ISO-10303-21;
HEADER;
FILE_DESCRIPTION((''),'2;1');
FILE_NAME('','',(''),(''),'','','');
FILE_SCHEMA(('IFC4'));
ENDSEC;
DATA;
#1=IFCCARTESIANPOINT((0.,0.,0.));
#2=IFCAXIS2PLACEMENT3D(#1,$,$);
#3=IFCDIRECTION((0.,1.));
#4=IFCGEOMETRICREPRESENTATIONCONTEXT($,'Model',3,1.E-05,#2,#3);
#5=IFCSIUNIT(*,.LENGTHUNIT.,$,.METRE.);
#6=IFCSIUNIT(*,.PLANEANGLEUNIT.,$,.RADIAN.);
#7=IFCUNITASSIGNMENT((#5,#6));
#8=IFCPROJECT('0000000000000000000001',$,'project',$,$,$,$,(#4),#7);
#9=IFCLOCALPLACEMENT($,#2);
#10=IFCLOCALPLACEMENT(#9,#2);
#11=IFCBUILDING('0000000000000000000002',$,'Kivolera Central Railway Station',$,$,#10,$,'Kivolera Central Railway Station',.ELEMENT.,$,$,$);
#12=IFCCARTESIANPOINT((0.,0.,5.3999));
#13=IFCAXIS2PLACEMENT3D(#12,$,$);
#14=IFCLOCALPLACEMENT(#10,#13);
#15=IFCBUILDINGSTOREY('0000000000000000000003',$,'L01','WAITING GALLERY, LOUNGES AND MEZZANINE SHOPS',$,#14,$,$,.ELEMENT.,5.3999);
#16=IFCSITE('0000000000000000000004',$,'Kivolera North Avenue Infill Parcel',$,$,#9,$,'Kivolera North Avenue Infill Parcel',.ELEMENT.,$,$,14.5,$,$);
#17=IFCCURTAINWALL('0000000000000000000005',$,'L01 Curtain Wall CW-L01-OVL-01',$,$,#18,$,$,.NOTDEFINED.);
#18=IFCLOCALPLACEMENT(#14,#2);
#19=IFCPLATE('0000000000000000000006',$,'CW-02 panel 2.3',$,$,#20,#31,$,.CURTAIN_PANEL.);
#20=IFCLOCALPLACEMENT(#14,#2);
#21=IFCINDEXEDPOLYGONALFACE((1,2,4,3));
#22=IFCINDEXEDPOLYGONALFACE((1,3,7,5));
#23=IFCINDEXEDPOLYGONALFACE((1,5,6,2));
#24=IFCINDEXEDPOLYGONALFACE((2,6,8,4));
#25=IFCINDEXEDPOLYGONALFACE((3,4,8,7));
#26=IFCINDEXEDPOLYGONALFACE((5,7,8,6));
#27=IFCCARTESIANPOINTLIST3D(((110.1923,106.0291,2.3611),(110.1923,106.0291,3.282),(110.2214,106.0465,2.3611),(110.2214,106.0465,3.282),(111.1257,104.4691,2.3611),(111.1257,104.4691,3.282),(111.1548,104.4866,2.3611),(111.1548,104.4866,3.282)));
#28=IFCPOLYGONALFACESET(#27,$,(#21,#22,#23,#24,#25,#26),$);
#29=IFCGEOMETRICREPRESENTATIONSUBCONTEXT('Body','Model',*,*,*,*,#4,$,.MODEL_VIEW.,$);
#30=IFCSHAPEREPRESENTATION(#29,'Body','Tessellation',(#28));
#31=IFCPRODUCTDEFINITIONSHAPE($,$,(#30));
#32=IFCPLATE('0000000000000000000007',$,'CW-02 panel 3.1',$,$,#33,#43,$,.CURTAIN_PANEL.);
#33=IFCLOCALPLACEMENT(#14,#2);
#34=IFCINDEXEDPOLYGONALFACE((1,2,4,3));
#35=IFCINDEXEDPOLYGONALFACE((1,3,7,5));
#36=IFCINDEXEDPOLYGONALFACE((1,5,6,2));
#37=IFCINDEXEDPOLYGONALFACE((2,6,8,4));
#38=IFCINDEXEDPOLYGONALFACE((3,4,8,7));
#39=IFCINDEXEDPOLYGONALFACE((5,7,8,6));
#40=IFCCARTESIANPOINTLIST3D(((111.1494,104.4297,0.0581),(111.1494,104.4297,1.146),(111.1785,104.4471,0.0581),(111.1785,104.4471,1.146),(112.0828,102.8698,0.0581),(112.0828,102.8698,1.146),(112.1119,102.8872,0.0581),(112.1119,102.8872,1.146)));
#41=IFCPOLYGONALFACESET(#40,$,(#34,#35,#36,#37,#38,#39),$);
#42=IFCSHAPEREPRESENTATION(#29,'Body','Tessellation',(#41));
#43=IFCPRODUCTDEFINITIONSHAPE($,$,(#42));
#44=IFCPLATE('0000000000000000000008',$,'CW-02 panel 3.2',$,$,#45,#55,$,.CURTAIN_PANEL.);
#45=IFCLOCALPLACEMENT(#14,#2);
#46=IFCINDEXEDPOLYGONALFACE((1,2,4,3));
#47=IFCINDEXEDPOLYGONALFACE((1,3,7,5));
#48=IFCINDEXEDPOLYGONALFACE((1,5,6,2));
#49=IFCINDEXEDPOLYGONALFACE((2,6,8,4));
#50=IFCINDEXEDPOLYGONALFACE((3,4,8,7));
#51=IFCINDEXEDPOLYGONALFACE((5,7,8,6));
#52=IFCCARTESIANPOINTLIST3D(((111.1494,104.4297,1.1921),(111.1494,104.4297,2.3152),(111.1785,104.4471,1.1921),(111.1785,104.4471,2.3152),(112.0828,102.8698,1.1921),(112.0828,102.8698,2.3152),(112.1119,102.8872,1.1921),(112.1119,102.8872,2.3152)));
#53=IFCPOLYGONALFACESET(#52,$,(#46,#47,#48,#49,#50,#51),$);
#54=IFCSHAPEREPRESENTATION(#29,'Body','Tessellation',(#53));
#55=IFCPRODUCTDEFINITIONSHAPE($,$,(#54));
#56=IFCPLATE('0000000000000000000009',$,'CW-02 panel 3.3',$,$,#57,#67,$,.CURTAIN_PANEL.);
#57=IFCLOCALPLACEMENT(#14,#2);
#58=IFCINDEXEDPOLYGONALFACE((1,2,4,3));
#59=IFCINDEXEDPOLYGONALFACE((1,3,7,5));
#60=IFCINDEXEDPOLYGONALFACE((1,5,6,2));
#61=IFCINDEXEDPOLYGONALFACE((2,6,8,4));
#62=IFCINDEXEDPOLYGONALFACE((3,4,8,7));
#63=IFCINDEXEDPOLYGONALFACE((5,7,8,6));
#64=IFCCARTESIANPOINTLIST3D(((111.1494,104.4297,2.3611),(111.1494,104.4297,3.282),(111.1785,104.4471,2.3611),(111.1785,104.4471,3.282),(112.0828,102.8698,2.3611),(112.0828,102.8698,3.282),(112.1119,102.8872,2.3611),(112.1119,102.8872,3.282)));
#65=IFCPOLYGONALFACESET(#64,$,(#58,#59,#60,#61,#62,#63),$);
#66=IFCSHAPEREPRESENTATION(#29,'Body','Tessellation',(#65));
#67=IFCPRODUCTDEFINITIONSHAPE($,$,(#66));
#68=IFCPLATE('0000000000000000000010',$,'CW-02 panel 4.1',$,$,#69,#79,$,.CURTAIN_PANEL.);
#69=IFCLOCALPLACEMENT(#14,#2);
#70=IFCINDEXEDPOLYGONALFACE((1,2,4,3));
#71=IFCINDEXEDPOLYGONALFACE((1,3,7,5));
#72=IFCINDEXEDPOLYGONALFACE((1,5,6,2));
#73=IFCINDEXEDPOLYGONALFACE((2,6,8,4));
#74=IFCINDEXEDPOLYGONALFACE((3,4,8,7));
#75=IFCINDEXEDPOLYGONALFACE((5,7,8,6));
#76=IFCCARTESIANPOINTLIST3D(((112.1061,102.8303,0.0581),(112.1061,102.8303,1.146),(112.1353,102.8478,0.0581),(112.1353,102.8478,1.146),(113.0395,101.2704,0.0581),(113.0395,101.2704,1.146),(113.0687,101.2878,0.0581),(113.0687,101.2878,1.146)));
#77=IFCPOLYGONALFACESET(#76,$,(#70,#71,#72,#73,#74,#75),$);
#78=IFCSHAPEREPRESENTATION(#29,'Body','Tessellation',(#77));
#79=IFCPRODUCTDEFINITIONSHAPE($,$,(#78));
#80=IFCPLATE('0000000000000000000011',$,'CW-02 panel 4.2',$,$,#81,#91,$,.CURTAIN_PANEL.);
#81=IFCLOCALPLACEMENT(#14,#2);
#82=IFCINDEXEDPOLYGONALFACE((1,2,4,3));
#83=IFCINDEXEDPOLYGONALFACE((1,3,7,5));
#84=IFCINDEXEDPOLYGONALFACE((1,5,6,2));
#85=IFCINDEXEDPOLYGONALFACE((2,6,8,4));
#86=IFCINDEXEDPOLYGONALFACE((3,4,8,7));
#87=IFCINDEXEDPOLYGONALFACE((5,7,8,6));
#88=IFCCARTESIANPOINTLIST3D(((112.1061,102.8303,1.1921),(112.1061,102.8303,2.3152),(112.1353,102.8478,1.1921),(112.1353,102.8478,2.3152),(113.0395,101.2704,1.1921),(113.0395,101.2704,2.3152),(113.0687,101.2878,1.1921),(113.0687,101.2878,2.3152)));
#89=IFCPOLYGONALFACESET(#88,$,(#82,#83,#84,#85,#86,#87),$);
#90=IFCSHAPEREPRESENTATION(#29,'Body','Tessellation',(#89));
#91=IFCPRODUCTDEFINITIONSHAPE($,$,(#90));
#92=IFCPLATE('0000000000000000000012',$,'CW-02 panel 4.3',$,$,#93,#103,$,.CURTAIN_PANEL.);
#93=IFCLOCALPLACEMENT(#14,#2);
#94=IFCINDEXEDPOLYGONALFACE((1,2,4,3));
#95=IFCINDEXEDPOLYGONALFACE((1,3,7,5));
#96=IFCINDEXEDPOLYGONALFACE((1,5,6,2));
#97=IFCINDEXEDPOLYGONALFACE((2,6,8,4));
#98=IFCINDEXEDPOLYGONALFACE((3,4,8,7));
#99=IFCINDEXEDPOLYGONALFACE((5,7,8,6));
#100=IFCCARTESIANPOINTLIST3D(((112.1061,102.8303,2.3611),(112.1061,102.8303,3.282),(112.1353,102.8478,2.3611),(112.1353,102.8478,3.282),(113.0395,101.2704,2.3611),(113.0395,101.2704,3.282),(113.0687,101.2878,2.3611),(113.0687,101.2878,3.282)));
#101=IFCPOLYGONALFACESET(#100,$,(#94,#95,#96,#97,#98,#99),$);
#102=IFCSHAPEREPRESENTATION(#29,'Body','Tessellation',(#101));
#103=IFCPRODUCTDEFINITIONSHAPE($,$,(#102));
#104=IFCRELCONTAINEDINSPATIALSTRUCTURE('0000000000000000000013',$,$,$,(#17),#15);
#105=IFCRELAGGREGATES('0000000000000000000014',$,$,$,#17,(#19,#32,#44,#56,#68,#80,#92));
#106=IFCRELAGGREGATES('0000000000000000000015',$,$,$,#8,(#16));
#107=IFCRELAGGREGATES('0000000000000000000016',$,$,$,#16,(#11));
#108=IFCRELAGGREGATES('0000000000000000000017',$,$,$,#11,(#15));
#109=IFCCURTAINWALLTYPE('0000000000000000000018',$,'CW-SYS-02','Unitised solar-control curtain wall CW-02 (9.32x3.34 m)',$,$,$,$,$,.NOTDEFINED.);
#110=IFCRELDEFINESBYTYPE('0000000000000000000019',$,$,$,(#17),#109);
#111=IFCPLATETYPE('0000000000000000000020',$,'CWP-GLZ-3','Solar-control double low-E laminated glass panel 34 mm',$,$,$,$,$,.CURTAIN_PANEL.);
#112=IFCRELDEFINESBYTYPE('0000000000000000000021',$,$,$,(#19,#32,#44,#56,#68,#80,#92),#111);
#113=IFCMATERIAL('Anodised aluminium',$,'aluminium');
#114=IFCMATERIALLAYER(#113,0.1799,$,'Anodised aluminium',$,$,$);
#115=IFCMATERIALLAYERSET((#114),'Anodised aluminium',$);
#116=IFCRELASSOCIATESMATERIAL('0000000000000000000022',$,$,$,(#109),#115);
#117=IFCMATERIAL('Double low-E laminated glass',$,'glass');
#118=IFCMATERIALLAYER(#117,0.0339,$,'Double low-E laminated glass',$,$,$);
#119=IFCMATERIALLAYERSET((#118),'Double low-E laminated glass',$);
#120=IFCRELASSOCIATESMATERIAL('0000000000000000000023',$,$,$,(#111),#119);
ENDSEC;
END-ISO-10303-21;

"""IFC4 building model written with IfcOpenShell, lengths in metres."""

from ifc_helpers import new_model, si_unit, direction, frame, origin, origin_2d, place, context, subcontext, project, spatial, rectangle, extrude, material, layer, layer_set, type_object, element, aggregate, save


model = new_model("IFC4")

# Units and contexts
model_context = context("Model", 3, precision=1e-05, world=origin(), true_north=direction((0.0, 1.0)))
body_context = subcontext(model_context, "Body", "Model", "MODEL_VIEW")
ifc_project = project(units=[si_unit("LENGTHUNIT", "METRE"), si_unit("PLANEANGLEUNIT", "RADIAN")], contexts=[model_context])

# Site, building, storey
site_placement = place(None, origin())
site = spatial("IfcSite", under=ifc_project, at=site_placement, Name="Kivolera North Avenue Infill Parcel", LongName="Kivolera North Avenue Infill Parcel", CompositionType="ELEMENT", RefElevation=14.5)
building_placement = place(site_placement, origin())
building = spatial("IfcBuilding", under=site, at=building_placement, Name="Kivolera Central Railway Station", LongName="Kivolera Central Railway Station", CompositionType="ELEMENT")
storey_placement = place(building_placement, frame((0.0, 0.0, 5.3999)))
storey = spatial("IfcBuildingStorey", under=building, at=storey_placement, Name="L01", Description="WAITING GALLERY, LOUNGES AND MEZZANINE SHOPS", CompositionType="ELEMENT", Elevation=5.3999)

# Curtain wall, plates
ifc_material_1 = material(Name="Anodised aluminium", Category="aluminium")
ifc_layer_1 = layer(ifc_material_1, 0.1799, Name="Anodised aluminium")
ifc_layer_set_1 = layer_set([ifc_layer_1], Name="Anodised aluminium")
curtain_wall_type = type_object("IfcCurtainWallType", Name="CW-SYS-02", Description="Unitised solar-control curtain wall CW-02 (9.32x3.34 m)", PredefinedType="NOTDEFINED", material=ifc_layer_set_1)
curtain_wall_placement = place(storey_placement, origin())
curtain_wall = element("IfcCurtainWall", 1, at=curtain_wall_placement, inside=storey, type_object=curtain_wall_type, Name="L01 Curtain Wall CW-L01-OVL-01", PredefinedType="NOTDEFINED")
ifc_material_2 = material(Name="Double low-E laminated glass", Category="glass")
ifc_layer_2 = layer(ifc_material_2, 0.0339, Name="Double low-E laminated glass")
ifc_layer_set_2 = layer_set([ifc_layer_2], Name="Double low-E laminated glass")
plate_type = type_object("IfcPlateType", Name="CWP-GLZ-3", Description="Solar-control double low-E laminated glass panel 34 mm", PredefinedType="CURTAIN_PANEL", material=ifc_layer_set_2)
plate_1_placement = place(storey_placement, frame((110.6736, 105.2578, 2.3611), z_axis=(0.0, 0.0, 1.0), x_axis=(0.513454, -0.858117, 0.0)))
plate_1 = element("IfcPlate", 2, at=plate_1_placement, type_object=plate_type, Name="CW-02 panel 2.3", PredefinedType="CURTAIN_PANEL", context=body_context, shape_type="SweptSolid", body=[
    extrude(rectangle(XDim=1.8179, YDim=0.0339, at=origin_2d()), origin(), (0.0, 0.0, 1.0), 0.9209),
])
plate_2_placement = place(storey_placement, frame((111.6306, 103.6584, 0.0581), z_axis=(0.0, 0.0, 1.0), x_axis=(0.513454, -0.858117, 0.0)))
plate_2 = element("IfcPlate", 3, at=plate_2_placement, type_object=plate_type, Name="CW-02 panel 3.1", PredefinedType="CURTAIN_PANEL", context=body_context, shape_type="SweptSolid", body=[
    extrude(rectangle(XDim=1.8179, YDim=0.0339, at=origin_2d()), origin(), (0.0, 0.0, 1.0), 1.0879),
])
plate_3_placement = place(storey_placement, frame((111.6306, 103.6584, 1.1921), z_axis=(0.0, 0.0, 1.0), x_axis=(0.513454, -0.858117, 0.0)))
plate_3 = element("IfcPlate", 4, at=plate_3_placement, type_object=plate_type, Name="CW-02 panel 3.2", PredefinedType="CURTAIN_PANEL", context=body_context, shape_type="SweptSolid", body=[
    extrude(rectangle(XDim=1.8179, YDim=0.0339, at=origin_2d()), origin(), (0.0, 0.0, 1.0), 1.123),
])
plate_4_placement = place(storey_placement, frame((111.6306, 103.6584, 2.3611), z_axis=(0.0, 0.0, 1.0), x_axis=(0.513454, -0.858117, 0.0)))
plate_4 = element("IfcPlate", 5, at=plate_4_placement, type_object=plate_type, Name="CW-02 panel 3.3", PredefinedType="CURTAIN_PANEL", context=body_context, shape_type="SweptSolid", body=[
    extrude(rectangle(XDim=1.8179, YDim=0.0339, at=origin_2d()), origin(), (0.0, 0.0, 1.0), 0.9209),
])
plate_5_placement = place(storey_placement, frame((112.5874, 102.0591, 0.0581), z_axis=(0.0, 0.0, 1.0), x_axis=(0.513454, -0.858117, 0.0)))
plate_5 = element("IfcPlate", 6, at=plate_5_placement, type_object=plate_type, Name="CW-02 panel 4.1", PredefinedType="CURTAIN_PANEL", context=body_context, shape_type="SweptSolid", body=[
    extrude(rectangle(XDim=1.8179, YDim=0.0339, at=origin_2d()), origin(), (0.0, 0.0, 1.0), 1.0879),
])
plate_6_placement = place(storey_placement, frame((112.5874, 102.0591, 1.1921), z_axis=(0.0, 0.0, 1.0), x_axis=(0.513454, -0.858117, 0.0)))
plate_6 = element("IfcPlate", 7, at=plate_6_placement, type_object=plate_type, Name="CW-02 panel 4.2", PredefinedType="CURTAIN_PANEL", context=body_context, shape_type="SweptSolid", body=[
    extrude(rectangle(XDim=1.8179, YDim=0.0339, at=origin_2d()), origin(), (0.0, 0.0, 1.0), 1.123),
])
plate_7_placement = place(storey_placement, frame((112.5874, 102.0591, 2.3611), z_axis=(0.0, 0.0, 1.0), x_axis=(0.513454, -0.858117, 0.0)))
plate_7 = element("IfcPlate", 8, at=plate_7_placement, type_object=plate_type, Name="CW-02 panel 4.3", PredefinedType="CURTAIN_PANEL", context=body_context, shape_type="SweptSolid", body=[
    extrude(rectangle(XDim=1.8179, YDim=0.0339, at=origin_2d()), origin(), (0.0, 0.0, 1.0), 0.9209),
])
aggregate(curtain_wall, [plate_1, plate_2, plate_3, plate_4, plate_5, plate_6, plate_7])

save(model, "model.ifc")
